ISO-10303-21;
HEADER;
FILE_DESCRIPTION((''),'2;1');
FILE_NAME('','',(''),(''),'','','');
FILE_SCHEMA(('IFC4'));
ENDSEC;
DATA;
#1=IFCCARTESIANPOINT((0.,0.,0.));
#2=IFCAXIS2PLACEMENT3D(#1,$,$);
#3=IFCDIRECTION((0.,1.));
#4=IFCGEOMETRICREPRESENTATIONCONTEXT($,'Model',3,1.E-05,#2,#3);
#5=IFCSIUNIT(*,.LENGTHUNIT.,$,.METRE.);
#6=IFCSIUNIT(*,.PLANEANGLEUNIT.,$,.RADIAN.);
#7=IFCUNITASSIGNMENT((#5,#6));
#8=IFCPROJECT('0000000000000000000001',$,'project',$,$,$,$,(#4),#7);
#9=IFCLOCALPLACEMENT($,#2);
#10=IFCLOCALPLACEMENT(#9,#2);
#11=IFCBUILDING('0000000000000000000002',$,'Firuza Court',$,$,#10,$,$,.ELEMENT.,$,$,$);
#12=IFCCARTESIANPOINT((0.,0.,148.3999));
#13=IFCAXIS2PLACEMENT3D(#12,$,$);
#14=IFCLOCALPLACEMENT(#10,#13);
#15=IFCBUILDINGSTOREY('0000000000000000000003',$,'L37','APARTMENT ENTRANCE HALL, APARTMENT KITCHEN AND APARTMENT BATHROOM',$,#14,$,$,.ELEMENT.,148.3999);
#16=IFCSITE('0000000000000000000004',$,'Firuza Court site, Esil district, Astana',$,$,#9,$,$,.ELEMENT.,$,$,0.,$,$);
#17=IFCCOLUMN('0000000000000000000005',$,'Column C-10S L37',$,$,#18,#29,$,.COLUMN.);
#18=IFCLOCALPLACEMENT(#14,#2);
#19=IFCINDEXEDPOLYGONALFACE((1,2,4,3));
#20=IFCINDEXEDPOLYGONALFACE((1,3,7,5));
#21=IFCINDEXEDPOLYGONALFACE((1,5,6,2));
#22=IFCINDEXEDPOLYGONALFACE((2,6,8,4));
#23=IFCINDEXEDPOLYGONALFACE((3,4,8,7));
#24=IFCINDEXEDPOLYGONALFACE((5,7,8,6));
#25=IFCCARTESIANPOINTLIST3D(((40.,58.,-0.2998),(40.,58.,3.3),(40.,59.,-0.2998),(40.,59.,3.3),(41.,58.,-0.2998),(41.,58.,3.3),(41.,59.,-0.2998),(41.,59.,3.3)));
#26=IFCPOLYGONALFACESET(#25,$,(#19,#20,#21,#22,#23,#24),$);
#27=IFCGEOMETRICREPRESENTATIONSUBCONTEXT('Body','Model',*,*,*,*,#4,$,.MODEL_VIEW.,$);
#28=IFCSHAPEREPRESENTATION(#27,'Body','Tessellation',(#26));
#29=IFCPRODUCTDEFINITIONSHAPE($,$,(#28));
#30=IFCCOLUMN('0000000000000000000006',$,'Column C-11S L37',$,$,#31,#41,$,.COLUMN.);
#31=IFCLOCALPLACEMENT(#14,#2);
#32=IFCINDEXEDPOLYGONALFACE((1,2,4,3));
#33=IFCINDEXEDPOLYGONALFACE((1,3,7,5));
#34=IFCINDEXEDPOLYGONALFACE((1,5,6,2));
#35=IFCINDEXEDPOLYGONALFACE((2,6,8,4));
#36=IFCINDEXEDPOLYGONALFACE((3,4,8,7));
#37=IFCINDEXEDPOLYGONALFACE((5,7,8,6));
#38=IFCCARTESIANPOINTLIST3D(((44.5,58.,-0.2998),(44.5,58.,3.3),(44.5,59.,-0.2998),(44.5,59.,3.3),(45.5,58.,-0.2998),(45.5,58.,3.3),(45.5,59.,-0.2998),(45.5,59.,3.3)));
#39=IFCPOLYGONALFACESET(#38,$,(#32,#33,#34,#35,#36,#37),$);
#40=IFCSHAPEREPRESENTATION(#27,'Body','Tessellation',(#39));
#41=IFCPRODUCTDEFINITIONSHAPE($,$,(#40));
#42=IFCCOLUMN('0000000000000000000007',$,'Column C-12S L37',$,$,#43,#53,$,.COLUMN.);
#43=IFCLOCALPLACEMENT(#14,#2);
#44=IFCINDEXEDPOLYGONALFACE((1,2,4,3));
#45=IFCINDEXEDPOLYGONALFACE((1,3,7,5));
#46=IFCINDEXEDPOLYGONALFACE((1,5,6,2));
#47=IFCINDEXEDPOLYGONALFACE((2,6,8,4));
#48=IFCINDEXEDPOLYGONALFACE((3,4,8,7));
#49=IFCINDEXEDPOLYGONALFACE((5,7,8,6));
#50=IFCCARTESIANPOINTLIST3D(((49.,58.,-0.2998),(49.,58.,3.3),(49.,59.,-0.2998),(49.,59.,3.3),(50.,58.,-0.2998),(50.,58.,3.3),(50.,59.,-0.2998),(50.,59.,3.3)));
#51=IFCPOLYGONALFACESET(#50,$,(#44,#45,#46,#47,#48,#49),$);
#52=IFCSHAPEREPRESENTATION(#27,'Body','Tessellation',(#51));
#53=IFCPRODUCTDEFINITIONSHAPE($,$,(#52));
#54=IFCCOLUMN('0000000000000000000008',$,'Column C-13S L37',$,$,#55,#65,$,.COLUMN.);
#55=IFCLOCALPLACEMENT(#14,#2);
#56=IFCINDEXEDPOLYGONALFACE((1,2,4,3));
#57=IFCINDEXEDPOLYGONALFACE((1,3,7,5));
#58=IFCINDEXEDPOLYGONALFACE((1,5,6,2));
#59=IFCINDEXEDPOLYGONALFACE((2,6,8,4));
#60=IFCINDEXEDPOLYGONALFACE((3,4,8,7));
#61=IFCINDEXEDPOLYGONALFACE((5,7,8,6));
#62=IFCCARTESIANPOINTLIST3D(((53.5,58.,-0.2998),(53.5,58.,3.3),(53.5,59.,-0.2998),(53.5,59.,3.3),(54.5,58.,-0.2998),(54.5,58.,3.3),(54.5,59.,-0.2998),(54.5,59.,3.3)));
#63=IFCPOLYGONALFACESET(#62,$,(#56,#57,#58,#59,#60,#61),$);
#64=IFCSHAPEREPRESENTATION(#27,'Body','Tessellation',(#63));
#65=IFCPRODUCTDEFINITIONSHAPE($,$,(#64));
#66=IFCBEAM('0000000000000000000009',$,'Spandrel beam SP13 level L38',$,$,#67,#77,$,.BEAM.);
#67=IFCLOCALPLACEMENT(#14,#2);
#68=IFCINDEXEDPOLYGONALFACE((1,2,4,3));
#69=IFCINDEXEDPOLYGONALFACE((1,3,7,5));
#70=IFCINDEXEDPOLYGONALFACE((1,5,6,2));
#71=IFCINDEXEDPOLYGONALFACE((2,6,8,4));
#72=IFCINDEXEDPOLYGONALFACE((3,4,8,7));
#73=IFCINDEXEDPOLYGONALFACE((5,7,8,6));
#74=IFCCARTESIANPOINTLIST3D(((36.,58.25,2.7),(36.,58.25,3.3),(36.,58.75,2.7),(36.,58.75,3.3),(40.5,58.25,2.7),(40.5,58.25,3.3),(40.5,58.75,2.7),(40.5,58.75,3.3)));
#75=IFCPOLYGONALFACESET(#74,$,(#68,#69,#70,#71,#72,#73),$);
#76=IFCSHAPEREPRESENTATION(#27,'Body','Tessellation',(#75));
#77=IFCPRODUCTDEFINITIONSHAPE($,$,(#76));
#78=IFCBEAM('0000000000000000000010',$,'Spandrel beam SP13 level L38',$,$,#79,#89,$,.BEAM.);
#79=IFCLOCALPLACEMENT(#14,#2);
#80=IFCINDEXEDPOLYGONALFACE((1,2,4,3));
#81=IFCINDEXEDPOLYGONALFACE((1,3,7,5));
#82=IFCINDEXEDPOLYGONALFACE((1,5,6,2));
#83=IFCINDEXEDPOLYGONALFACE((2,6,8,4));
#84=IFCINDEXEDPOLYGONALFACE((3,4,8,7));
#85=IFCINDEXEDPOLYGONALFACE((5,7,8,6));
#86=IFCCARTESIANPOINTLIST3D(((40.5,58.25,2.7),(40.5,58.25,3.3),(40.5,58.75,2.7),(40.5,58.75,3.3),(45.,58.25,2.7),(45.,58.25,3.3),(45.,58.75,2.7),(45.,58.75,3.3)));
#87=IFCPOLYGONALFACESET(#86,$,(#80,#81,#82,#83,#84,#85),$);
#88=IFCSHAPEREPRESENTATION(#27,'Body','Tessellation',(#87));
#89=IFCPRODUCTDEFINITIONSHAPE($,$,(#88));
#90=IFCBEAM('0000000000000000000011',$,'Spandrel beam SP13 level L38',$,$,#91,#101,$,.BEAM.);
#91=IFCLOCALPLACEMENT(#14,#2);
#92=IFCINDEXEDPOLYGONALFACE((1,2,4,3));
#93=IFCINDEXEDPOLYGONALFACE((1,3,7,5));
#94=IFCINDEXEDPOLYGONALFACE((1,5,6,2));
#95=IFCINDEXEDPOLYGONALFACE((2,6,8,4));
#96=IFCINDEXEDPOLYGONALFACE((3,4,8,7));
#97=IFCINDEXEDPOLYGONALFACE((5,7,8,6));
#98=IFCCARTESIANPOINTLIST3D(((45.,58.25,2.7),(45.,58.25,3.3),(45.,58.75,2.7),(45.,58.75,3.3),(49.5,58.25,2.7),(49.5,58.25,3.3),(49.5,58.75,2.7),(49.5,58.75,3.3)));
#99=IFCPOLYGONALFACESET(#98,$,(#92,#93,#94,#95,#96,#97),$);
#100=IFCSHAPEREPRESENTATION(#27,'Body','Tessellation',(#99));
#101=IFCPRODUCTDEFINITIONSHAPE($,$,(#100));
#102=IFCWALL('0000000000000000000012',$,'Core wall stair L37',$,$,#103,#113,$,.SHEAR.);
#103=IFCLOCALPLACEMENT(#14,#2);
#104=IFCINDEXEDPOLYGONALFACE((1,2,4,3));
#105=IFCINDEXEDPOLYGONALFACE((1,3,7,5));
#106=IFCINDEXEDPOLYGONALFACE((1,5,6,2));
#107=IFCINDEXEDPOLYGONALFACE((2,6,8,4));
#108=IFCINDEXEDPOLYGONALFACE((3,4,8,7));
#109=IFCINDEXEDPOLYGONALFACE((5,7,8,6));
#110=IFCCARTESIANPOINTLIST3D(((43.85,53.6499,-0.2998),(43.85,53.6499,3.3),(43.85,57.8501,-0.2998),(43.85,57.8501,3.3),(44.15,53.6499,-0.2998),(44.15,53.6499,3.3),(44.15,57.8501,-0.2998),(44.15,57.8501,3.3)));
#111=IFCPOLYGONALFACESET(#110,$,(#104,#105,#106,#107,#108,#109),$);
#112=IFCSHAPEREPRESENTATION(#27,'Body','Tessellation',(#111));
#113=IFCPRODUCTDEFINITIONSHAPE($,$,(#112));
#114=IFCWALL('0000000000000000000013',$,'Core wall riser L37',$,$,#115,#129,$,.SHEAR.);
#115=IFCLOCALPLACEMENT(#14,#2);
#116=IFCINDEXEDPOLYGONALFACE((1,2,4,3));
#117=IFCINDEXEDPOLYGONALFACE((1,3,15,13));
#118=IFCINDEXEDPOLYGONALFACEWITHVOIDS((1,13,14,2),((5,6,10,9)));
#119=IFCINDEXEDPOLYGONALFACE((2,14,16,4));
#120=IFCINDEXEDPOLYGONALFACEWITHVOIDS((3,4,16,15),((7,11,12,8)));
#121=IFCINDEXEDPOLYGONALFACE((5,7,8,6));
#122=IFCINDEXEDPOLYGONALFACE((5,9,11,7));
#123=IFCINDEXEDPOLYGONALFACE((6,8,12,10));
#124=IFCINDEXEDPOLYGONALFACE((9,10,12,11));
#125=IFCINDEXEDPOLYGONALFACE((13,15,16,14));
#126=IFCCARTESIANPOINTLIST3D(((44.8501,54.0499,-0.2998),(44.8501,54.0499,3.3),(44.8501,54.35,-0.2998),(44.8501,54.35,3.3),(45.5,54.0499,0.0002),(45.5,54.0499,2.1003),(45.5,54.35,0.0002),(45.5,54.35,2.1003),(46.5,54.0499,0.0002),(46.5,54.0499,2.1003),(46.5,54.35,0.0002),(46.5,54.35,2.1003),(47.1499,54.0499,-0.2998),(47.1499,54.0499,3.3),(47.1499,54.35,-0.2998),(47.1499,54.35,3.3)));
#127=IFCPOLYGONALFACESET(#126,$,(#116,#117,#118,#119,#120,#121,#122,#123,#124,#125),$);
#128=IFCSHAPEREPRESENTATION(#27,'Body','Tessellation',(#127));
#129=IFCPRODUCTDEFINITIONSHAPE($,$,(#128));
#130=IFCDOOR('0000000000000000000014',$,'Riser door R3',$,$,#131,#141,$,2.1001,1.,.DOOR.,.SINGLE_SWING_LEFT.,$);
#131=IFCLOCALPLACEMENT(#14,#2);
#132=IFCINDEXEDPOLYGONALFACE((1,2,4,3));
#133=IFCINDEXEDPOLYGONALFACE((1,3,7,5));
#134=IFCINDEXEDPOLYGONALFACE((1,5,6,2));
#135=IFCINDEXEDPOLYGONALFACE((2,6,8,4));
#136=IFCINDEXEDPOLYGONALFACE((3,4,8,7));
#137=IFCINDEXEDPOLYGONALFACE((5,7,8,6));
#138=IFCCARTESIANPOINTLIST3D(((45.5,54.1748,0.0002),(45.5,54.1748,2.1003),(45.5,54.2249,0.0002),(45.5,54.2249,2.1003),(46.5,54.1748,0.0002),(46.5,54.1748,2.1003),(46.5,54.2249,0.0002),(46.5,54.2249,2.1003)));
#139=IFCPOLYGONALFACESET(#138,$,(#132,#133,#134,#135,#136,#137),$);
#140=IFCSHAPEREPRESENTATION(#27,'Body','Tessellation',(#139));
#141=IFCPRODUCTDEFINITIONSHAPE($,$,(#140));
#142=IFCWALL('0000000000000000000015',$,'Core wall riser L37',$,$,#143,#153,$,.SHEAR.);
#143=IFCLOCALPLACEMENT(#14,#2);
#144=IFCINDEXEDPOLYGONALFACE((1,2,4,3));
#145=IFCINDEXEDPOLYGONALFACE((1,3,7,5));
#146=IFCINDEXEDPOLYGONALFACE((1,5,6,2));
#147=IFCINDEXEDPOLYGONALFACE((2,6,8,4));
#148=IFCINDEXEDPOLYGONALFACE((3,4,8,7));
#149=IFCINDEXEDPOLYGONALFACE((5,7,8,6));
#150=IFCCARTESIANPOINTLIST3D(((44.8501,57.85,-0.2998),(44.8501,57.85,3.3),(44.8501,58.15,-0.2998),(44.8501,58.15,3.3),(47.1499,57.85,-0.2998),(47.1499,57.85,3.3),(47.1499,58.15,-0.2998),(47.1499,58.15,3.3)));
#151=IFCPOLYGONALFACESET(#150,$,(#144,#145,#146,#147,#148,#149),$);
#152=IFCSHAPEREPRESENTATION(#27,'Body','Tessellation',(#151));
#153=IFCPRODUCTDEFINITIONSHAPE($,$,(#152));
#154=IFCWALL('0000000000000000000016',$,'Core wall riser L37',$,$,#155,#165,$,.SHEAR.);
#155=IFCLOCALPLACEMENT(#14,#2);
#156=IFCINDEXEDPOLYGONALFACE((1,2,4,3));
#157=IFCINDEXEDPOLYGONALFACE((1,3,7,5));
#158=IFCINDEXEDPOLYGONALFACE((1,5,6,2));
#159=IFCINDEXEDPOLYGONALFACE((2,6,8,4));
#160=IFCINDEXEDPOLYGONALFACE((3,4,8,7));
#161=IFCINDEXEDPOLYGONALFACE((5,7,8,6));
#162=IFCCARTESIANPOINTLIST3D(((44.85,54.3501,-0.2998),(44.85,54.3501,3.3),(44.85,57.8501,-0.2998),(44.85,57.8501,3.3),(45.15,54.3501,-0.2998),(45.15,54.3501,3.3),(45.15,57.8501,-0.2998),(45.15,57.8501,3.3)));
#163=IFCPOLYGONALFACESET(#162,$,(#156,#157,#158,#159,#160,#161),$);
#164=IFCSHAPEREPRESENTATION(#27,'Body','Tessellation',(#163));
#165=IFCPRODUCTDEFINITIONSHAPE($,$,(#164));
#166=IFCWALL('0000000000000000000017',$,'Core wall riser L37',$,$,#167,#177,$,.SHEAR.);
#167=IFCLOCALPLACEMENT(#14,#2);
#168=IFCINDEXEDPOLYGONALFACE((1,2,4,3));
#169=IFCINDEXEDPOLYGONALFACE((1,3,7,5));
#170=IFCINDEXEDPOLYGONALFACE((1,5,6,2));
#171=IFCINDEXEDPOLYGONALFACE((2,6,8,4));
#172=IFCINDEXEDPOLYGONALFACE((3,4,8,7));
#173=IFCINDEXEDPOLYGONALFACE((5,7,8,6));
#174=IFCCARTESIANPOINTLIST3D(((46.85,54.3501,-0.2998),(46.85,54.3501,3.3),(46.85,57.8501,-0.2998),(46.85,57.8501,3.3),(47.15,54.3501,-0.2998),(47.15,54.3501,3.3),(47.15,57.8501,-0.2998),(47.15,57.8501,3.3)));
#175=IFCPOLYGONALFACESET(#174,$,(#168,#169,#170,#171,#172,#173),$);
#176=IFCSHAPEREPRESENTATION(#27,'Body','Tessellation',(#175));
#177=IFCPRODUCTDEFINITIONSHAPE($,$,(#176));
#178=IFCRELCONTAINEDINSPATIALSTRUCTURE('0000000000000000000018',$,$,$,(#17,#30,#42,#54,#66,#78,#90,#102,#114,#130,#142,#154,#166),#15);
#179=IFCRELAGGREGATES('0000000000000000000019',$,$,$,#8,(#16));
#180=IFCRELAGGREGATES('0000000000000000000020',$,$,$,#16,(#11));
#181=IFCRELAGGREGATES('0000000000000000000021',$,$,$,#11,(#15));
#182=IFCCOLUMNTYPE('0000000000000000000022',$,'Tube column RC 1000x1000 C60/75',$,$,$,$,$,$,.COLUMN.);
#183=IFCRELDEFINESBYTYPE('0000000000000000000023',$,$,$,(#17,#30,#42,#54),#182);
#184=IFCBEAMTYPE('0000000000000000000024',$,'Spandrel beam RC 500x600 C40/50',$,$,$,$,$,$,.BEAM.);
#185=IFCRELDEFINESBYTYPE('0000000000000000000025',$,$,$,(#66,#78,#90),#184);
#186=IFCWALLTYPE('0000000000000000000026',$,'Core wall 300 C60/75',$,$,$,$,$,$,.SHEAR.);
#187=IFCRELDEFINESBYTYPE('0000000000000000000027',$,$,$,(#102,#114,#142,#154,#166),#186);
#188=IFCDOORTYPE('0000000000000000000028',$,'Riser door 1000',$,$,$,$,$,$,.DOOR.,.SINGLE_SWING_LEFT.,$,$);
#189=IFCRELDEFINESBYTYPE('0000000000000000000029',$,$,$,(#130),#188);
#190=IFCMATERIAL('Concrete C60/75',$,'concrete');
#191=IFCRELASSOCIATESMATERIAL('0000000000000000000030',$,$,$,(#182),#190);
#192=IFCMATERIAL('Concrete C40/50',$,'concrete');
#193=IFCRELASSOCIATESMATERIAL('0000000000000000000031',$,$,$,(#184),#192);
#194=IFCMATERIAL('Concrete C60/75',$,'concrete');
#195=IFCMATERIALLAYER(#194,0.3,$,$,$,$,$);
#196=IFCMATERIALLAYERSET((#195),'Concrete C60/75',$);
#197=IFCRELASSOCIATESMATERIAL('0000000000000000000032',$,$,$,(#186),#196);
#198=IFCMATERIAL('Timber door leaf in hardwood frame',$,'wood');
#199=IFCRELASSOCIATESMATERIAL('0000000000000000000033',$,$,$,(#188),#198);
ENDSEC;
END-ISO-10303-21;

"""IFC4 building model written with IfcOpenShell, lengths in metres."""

from ifc_helpers import new_model, si_unit, direction, frame, frame_2d, origin, origin_2d, place, context, subcontext, project, spatial, rectangle, extrude, material, layer, layer_set, material_profile, profile_set, type_object, element, fill, save


model = new_model("IFC4")

# Units and contexts
model_context = context("Model", 3, precision=1e-05, world=origin(), true_north=direction((0.0, 1.0)))
body_context = subcontext(model_context, "Body", "Model", "MODEL_VIEW")
ifc_project = project(units=[si_unit("LENGTHUNIT", "METRE"), si_unit("PLANEANGLEUNIT", "RADIAN")], contexts=[model_context])

# Site, building, storey
site_placement = place(None, origin())
site = spatial("IfcSite", under=ifc_project, at=site_placement, Name="Firuza Court site, Esil district, Astana", CompositionType="ELEMENT", RefElevation=0.0)
building_placement = place(site_placement, origin())
building = spatial("IfcBuilding", under=site, at=building_placement, Name="Firuza Court", CompositionType="ELEMENT")
storey_placement = place(building_placement, frame((0.0, 0.0, 148.3999)))
storey = spatial("IfcBuildingStorey", under=building, at=storey_placement, Name="L37", Description="APARTMENT ENTRANCE HALL, APARTMENT KITCHEN AND APARTMENT BATHROOM", CompositionType="ELEMENT", Elevation=148.3999)

# Columns
ifc_material_1 = material(Name="Concrete C60/75", Category="concrete")
ifc_material_profile_1 = material_profile(ifc_material_1, rectangle(XDim=1.0, YDim=1.0, at=origin_2d()), Name="RC 1000x1000")
ifc_profile_set_1 = profile_set([ifc_material_profile_1], Name="Concrete C60/75")
column_type = type_object("IfcColumnType", Name="Tube column RC 1000x1000 C60/75", PredefinedType="COLUMN", material=ifc_profile_set_1)
for number, where, z_axis, x_axis, name in (
    (1, (40.5, 58.5, -0.2998), (0.0, 0.0, 1.0), (1.0, 0.0, 0.0), "Column C-10S L37"),
    (2, (45.0, 58.5, -0.2998), (0.0, 0.0, 1.0), (1.0, 0.0, 0.0), "Column C-11S L37"),
    (3, (49.5, 58.5, -0.2998), (0.0, 0.0, 1.0), (1.0, 0.0, 0.0), "Column C-12S L37"),
    (4, (54.0, 58.5, -0.2998), (0.0, 0.0, 1.0), (1.0, 0.0, 0.0), "Column C-13S L37"),
):
    element("IfcColumn", number, at=place(storey_placement, frame(where, z_axis=z_axis, x_axis=x_axis)), inside=storey, type_object=column_type, Name=name, PredefinedType="COLUMN", context=body_context, shape_type="SweptSolid", body=[
        extrude(rectangle(XDim=1.0, YDim=1.0, at=origin_2d()), origin(), (0.0, 0.0, 1.0), 3.5999),
    ])

# Beams
ifc_material_2 = material(Name="Concrete C40/50", Category="concrete")
ifc_material_profile_2 = material_profile(ifc_material_2, rectangle(XDim=0.5, YDim=0.6001, at=origin_2d()), Name="RC 500x600")
ifc_profile_set_2 = profile_set([ifc_material_profile_2], Name="Concrete C40/50")
beam_type = type_object("IfcBeamType", Name="Spandrel beam RC 500x600 C40/50", PredefinedType="BEAM", material=ifc_profile_set_2)
for number, where, z_axis, x_axis, name in (
    (5, (40.5, 58.5, 3.0), (-1.0, 0.0, 0.0), (0.0, -1.0, 0.0), "Spandrel beam SP13 level L38"),
    (6, (45.0, 58.5, 3.0), (-1.0, 0.0, 0.0), (0.0, -1.0, 0.0), "Spandrel beam SP13 level L38"),
    (7, (49.5, 58.5, 3.0), (-1.0, 0.0, 0.0), (0.0, -1.0, 0.0), "Spandrel beam SP13 level L38"),
):
    element("IfcBeam", number, at=place(storey_placement, frame(where, z_axis=z_axis, x_axis=x_axis)), inside=storey, type_object=beam_type, Name=name, PredefinedType="BEAM", context=body_context, shape_type="SweptSolid", body=[
        extrude(rectangle(XDim=0.5, YDim=0.6001, at=origin_2d()), origin(), (0.0, 0.0, 1.0), 4.5),
    ])

# Wall
ifc_material_3 = material(Name="Concrete C60/75", Category="concrete")
ifc_layer_1 = layer(ifc_material_3, 0.3)
ifc_layer_set_1 = layer_set([ifc_layer_1], Name="Concrete C60/75")
wall_type_1 = type_object("IfcWallType", Name="Core wall 300 C60/75", PredefinedType="SHEAR", material=ifc_layer_set_1)
wall_1_placement = place(storey_placement, frame((44.0, 53.6499, -0.2998), z_axis=(0.0, 0.0, 1.0), x_axis=(0.0, 1.0, 0.0)))
element("IfcWall", 8, at=wall_1_placement, inside=storey, type_object=wall_type_1, Name="Core wall stair L37", PredefinedType="SHEAR", context=body_context, shape_type="SweptSolid", body=[
    extrude(rectangle(XDim=4.2002, YDim=0.3, at=frame_2d((2.1001, 0.0))), origin(), (0.0, 0.0, 1.0), 3.5999),
])

# Wall, opening, door
wall_2_placement = place(storey_placement, frame((44.8501, 54.2, -0.2998), z_axis=(0.0, 0.0, 1.0), x_axis=(1.0, 0.0, 0.0)))
wall_2 = element("IfcWall", 9, at=wall_2_placement, inside=storey, type_object=wall_type_1, Name="Core wall riser L37", PredefinedType="SHEAR", context=body_context, shape_type="SweptSolid", body=[
    extrude(rectangle(XDim=2.2998, YDim=0.3, at=frame_2d((1.1499, 0.0))), origin(), (0.0, 0.0, 1.0), 3.5999),
])
opening_1_placement = place(wall_2_placement, frame((0.6499, 0.0, 0.3)))
opening_1 = element("IfcOpeningElement", 10, at=opening_1_placement, cuts=wall_2, PredefinedType="OPENING", context=body_context, shape_type="SweptSolid", body=[
    extrude(rectangle(XDim=1.0, YDim=2.1001, at=frame_2d((0.5, 1.05))), frame((0.0, 0.1621, 0.0), z_axis=(0.0, -1.0, 0.0), x_axis=(1.0, 0.0, 0.0)), (0.0, 0.0, 1.0), 0.324),
])
ifc_material_4 = material(Name="Timber door leaf in hardwood frame", Category="wood")
door_type_1 = type_object("IfcDoorType", Name="Riser door 1000", OperationType="SINGLE_SWING_LEFT", PredefinedType="DOOR", material=ifc_material_4)
door_1_placement = place(opening_1_placement, origin())
door_1 = element("IfcDoor", 11, at=door_1_placement, inside=storey, type_object=door_type_1, Name="Riser door R3", OperationType="SINGLE_SWING_LEFT", OverallHeight=2.1001, OverallWidth=1.0, PredefinedType="DOOR", context=body_context, shape_type="SweptSolid", body=[
    extrude(rectangle(XDim=1.0, YDim=2.1001, at=frame_2d((0.5, 1.05))), frame((0.0, 0.0249, 0.0), z_axis=(0.0, -1.0, 0.0), x_axis=(1.0, 0.0, 0.0)), (0.0, 0.0, 1.0), 0.05),
])
fill(opening_1, door_1)

# Walls
wall_3_placement = place(storey_placement, frame((44.8501, 58.0, -0.2998), z_axis=(0.0, 0.0, 1.0), x_axis=(1.0, 0.0, 0.0)))
element("IfcWall", 12, at=wall_3_placement, inside=storey, type_object=wall_type_1, Name="Core wall riser L37", PredefinedType="SHEAR", context=body_context, shape_type="SweptSolid", body=[
    extrude(rectangle(XDim=2.2998, YDim=0.3, at=frame_2d((1.1499, 0.0))), origin(), (0.0, 0.0, 1.0), 3.5999),
])
for number, where, z_axis, x_axis, name in (
    (13, (45.0, 54.3501, -0.2998), (0.0, 0.0, 1.0), (0.0, 1.0, 0.0), "Core wall riser L37"),
    (14, (47.0, 54.3501, -0.2998), (0.0, 0.0, 1.0), (0.0, 1.0, 0.0), "Core wall riser L37"),
):
    element("IfcWall", number, at=place(storey_placement, frame(where, z_axis=z_axis, x_axis=x_axis)), inside=storey, type_object=wall_type_1, Name=name, PredefinedType="SHEAR", context=body_context, shape_type="SweptSolid", body=[
        extrude(rectangle(XDim=3.5, YDim=0.3, at=frame_2d((1.75, 0.0))), origin(), (0.0, 0.0, 1.0), 3.5999),
    ])

save(model, "model.ifc")
